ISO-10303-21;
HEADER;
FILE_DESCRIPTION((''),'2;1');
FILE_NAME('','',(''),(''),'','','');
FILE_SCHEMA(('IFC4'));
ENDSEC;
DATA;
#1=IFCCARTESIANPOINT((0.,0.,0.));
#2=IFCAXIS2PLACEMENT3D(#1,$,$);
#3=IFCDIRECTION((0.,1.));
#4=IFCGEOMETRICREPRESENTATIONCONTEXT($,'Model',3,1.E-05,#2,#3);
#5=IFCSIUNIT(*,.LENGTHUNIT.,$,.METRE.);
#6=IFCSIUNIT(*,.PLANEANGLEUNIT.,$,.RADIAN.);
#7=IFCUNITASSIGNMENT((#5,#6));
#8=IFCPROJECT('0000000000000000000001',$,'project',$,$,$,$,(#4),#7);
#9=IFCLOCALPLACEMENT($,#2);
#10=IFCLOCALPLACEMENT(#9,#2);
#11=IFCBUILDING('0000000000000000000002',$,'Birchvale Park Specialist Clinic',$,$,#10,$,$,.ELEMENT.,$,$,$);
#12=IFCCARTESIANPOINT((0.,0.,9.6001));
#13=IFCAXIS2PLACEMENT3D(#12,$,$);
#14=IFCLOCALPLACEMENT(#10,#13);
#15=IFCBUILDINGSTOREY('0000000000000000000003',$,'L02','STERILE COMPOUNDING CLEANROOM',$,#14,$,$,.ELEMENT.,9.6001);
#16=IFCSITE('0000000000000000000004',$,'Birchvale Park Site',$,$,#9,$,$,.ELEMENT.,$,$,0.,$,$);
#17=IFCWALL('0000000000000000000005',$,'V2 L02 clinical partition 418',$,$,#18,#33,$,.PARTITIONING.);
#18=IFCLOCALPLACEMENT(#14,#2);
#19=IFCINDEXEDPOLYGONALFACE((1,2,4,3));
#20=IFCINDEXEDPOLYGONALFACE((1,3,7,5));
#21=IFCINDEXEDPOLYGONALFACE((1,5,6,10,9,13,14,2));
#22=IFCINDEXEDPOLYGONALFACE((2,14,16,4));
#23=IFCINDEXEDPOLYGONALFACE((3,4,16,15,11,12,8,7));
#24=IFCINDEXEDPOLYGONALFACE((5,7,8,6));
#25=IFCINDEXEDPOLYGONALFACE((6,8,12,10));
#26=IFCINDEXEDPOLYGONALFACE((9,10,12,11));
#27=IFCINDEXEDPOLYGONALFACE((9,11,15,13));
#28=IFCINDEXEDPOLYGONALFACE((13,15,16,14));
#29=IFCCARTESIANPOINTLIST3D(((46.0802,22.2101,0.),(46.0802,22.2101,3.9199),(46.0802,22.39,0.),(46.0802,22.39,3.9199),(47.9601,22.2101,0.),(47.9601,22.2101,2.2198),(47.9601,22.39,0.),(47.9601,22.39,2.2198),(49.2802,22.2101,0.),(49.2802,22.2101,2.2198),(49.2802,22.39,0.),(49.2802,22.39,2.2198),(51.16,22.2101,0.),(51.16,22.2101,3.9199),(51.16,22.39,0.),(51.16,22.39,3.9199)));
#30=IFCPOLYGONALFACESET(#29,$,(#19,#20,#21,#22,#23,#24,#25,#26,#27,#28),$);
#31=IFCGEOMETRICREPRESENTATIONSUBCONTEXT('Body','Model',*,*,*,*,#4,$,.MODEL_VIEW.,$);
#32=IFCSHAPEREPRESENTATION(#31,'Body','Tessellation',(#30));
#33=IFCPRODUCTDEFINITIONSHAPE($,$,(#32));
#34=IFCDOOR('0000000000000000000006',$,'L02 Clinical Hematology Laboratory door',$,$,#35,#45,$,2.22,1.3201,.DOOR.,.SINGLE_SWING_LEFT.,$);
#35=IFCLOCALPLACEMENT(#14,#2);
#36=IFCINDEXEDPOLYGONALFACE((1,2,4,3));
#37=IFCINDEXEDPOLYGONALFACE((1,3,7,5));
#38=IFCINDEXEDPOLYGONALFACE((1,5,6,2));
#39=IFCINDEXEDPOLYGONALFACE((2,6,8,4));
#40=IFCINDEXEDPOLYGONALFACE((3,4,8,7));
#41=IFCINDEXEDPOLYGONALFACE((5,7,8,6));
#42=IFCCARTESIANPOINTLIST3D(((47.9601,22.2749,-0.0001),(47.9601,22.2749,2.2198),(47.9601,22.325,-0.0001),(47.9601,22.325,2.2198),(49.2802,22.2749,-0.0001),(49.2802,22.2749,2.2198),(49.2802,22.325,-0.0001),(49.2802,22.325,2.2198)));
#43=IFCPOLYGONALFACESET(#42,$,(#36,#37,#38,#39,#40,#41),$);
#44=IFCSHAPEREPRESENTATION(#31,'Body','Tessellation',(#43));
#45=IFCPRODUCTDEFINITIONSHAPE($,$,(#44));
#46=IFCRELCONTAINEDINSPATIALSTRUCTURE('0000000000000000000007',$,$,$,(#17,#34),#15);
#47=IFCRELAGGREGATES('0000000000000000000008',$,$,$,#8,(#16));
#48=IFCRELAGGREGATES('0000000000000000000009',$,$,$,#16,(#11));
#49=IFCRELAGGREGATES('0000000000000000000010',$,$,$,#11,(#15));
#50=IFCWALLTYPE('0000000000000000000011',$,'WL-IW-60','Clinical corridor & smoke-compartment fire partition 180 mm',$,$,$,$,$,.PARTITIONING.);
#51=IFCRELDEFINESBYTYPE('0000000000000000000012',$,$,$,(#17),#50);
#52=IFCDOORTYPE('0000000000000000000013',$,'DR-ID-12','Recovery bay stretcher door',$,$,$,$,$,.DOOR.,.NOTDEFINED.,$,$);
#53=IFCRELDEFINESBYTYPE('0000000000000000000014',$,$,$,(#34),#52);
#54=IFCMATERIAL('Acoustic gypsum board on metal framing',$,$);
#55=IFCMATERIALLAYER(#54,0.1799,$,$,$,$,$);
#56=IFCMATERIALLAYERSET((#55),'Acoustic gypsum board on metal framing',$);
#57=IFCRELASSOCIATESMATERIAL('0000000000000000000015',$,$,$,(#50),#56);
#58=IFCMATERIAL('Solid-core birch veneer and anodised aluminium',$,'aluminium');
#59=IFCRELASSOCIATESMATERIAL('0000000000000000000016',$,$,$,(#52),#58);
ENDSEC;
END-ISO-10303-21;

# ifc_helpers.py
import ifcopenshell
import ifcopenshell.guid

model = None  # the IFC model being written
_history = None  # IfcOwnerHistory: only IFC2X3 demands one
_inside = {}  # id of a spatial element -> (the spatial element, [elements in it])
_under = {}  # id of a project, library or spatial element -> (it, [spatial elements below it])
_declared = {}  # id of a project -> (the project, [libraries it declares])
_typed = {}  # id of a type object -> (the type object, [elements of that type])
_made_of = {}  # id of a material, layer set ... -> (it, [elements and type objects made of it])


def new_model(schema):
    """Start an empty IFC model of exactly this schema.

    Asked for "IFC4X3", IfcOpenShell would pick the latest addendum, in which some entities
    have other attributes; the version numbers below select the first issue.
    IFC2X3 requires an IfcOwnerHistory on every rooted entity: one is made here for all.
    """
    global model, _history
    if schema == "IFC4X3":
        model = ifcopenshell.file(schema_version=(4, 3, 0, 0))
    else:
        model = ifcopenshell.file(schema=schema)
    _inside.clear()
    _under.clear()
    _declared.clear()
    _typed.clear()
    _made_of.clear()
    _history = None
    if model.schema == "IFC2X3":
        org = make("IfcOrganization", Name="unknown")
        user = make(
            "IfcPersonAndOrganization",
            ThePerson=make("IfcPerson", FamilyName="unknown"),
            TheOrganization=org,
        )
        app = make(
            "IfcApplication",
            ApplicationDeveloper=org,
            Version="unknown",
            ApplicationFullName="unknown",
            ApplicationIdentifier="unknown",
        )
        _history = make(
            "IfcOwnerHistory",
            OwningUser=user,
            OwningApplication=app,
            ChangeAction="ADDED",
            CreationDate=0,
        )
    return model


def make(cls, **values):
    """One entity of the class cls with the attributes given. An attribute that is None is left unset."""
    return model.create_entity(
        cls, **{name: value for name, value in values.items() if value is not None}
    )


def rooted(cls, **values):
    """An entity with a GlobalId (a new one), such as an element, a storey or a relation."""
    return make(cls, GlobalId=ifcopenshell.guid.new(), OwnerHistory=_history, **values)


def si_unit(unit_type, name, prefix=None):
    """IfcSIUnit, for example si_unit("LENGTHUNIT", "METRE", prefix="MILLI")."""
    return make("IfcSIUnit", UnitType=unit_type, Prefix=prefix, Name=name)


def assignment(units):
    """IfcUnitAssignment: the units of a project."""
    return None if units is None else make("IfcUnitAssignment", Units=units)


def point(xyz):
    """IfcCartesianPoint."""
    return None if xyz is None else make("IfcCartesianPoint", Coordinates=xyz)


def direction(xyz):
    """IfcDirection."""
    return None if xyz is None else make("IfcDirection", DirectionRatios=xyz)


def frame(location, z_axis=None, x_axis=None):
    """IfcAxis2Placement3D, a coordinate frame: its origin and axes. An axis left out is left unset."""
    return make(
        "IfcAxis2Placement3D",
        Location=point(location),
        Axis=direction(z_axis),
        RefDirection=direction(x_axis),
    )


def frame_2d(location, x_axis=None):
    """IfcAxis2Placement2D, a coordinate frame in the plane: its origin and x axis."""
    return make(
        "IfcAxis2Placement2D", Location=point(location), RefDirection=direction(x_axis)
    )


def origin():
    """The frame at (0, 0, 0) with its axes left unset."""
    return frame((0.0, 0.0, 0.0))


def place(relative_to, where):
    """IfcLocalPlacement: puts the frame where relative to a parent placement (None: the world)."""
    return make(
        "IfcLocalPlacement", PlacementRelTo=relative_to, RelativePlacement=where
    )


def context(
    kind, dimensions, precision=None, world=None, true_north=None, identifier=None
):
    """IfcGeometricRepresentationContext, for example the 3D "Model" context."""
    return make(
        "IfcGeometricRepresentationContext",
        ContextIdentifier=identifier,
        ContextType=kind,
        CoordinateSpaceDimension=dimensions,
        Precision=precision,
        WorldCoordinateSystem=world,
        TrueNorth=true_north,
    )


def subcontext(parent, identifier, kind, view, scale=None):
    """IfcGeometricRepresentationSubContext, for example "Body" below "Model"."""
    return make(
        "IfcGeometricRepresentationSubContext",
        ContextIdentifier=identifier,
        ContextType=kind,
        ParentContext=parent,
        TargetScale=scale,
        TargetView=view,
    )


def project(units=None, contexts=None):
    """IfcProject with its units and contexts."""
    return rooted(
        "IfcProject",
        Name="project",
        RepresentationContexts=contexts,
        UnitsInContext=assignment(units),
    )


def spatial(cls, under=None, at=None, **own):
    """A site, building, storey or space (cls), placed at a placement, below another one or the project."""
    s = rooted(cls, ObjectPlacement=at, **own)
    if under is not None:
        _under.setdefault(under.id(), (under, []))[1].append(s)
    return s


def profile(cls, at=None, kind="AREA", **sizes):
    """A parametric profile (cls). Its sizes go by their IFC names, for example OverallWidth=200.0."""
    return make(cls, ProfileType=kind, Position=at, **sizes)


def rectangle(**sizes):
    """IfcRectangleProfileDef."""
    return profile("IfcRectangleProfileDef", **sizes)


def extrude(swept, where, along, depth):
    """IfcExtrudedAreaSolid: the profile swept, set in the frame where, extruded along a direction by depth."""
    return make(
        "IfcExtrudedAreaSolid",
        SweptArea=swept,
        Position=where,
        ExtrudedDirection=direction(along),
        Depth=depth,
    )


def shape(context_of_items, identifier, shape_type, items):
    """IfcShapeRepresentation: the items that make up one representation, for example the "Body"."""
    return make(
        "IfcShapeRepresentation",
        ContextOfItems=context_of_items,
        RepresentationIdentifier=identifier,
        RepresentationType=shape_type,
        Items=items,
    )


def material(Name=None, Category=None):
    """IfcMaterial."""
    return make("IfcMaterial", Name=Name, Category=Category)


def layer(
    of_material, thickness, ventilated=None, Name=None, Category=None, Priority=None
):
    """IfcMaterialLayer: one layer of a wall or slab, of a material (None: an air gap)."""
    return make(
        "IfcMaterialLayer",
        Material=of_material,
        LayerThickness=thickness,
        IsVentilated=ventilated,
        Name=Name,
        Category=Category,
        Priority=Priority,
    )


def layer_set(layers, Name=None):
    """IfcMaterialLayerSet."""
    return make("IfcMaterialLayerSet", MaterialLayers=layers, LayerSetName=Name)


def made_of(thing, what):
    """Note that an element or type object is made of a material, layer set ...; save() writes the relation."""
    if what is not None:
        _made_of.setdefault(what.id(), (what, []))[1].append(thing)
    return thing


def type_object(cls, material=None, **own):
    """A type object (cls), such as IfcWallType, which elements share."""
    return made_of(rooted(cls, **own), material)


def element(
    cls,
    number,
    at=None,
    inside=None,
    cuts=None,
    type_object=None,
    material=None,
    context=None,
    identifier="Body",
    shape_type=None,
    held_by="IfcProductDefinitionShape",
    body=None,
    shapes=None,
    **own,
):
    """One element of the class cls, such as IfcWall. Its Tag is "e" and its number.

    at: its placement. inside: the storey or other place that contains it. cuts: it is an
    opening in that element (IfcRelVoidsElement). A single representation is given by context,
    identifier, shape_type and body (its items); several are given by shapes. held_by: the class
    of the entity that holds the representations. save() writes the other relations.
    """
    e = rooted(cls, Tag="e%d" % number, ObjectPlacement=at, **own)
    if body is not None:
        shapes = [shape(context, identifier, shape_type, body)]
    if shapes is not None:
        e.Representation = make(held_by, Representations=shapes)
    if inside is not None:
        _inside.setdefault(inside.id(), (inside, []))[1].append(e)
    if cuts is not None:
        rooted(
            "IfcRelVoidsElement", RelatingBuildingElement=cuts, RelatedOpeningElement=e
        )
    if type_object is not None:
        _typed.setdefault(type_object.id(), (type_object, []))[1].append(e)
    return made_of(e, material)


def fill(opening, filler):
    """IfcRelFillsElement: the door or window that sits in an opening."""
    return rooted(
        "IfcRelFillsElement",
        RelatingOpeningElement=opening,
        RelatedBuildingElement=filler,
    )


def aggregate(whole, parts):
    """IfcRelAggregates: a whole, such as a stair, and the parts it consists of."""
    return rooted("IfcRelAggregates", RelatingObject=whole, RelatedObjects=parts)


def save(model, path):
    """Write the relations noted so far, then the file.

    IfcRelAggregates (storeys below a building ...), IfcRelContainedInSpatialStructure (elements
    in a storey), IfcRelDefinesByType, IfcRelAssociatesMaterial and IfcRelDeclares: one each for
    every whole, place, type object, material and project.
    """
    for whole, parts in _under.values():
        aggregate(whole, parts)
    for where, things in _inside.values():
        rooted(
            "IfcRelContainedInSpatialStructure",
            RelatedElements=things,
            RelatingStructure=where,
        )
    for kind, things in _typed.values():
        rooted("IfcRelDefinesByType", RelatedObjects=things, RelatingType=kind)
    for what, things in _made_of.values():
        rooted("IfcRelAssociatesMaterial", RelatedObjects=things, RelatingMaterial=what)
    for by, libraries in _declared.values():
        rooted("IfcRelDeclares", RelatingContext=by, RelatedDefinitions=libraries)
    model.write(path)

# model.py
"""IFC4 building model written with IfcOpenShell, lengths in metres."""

from ifc_helpers import new_model, si_unit, direction, frame, frame_2d, origin, place, context, subcontext, project, spatial, rectangle, extrude, material, layer, layer_set, type_object, element, fill, save


model = new_model("IFC4")

# Units and contexts
model_context = context("Model", 3, precision=1e-05, world=origin(), true_north=direction((0.0, 1.0)))
body_context = subcontext(model_context, "Body", "Model", "MODEL_VIEW")
ifc_project = project(units=[si_unit("LENGTHUNIT", "METRE"), si_unit("PLANEANGLEUNIT", "RADIAN")], contexts=[model_context])

# Site, building, storey
site_placement = place(None, origin())
site = spatial("IfcSite", under=ifc_project, at=site_placement, Name="Birchvale Park Site", CompositionType="ELEMENT", RefElevation=0.0)
building_placement = place(site_placement, origin())
building = spatial("IfcBuilding", under=site, at=building_placement, Name="Birchvale Park Specialist Clinic", CompositionType="ELEMENT")
storey_placement = place(building_placement, frame((0.0, 0.0, 9.6001)))
storey = spatial("IfcBuildingStorey", under=building, at=storey_placement, Name="L02", Description="STERILE COMPOUNDING CLEANROOM", CompositionType="ELEMENT", Elevation=9.6001)

# Wall, opening, door
ifc_material_1 = material(Name="Acoustic gypsum board on metal framing")
ifc_layer_1 = layer(ifc_material_1, 0.1799)
ifc_layer_set_1 = layer_set([ifc_layer_1], Name="Acoustic gypsum board on metal framing")
wall_type_1 = type_object("IfcWallType", Name="WL-IW-60", Description="Clinical corridor & smoke-compartment fire partition 180 mm", PredefinedType="PARTITIONING", material=ifc_layer_set_1)
wall_1_placement = place(storey_placement, frame((46.0801, 22.3, 0.0), z_axis=(0.0, 0.0, 1.0), x_axis=(1.0, 0.0, 0.0)))
wall_1 = element("IfcWall", 1, at=wall_1_placement, inside=storey, type_object=wall_type_1, Name="V2 L02 clinical partition 418", PredefinedType="PARTITIONING", context=body_context, shape_type="SweptSolid", body=[
    extrude(rectangle(XDim=5.0798, YDim=0.1799, at=frame_2d((2.54, 0.0))), origin(), (0.0, 0.0, 1.0), 3.9199),
])
opening_1_placement = place(wall_1_placement, frame((1.8799, 0.0, 0.0)))
opening_1 = element("IfcOpeningElement", 2, at=opening_1_placement, cuts=wall_1, PredefinedType="OPENING", context=body_context, shape_type="SweptSolid", body=[
    extrude(rectangle(XDim=1.3201, YDim=2.22, at=frame_2d((0.6602, 1.1099))), frame((0.0, 0.1001, 0.0), z_axis=(0.0, -1.0, 0.0), x_axis=(1.0, 0.0, 0.0)), (0.0, 0.0, 1.0), 0.2),
])
ifc_material_2 = material(Name="Solid-core birch veneer and anodised aluminium", Category="aluminium")
door_type = type_object("IfcDoorType", Name="DR-ID-12", Description="Recovery bay stretcher door", OperationType="NOTDEFINED", PredefinedType="DOOR", material=ifc_material_2)
door_placement = place(opening_1_placement, origin())
door = element("IfcDoor", 3, at=door_placement, inside=storey, type_object=door_type, Name="L02 Clinical Hematology Laboratory door", OperationType="SINGLE_SWING_LEFT", OverallHeight=2.22, OverallWidth=1.3201, PredefinedType="DOOR", context=body_context, shape_type="SweptSolid", body=[
    extrude(rectangle(XDim=1.3201, YDim=2.22, at=frame_2d((0.6602, 1.1099))), frame((0.0, 0.0249, 0.0), z_axis=(0.0, -1.0, 0.0), x_axis=(1.0, 0.0, 0.0)), (0.0, 0.0, 1.0), 0.05),
])
fill(opening_1, door)

save(model, "model.ifc")
